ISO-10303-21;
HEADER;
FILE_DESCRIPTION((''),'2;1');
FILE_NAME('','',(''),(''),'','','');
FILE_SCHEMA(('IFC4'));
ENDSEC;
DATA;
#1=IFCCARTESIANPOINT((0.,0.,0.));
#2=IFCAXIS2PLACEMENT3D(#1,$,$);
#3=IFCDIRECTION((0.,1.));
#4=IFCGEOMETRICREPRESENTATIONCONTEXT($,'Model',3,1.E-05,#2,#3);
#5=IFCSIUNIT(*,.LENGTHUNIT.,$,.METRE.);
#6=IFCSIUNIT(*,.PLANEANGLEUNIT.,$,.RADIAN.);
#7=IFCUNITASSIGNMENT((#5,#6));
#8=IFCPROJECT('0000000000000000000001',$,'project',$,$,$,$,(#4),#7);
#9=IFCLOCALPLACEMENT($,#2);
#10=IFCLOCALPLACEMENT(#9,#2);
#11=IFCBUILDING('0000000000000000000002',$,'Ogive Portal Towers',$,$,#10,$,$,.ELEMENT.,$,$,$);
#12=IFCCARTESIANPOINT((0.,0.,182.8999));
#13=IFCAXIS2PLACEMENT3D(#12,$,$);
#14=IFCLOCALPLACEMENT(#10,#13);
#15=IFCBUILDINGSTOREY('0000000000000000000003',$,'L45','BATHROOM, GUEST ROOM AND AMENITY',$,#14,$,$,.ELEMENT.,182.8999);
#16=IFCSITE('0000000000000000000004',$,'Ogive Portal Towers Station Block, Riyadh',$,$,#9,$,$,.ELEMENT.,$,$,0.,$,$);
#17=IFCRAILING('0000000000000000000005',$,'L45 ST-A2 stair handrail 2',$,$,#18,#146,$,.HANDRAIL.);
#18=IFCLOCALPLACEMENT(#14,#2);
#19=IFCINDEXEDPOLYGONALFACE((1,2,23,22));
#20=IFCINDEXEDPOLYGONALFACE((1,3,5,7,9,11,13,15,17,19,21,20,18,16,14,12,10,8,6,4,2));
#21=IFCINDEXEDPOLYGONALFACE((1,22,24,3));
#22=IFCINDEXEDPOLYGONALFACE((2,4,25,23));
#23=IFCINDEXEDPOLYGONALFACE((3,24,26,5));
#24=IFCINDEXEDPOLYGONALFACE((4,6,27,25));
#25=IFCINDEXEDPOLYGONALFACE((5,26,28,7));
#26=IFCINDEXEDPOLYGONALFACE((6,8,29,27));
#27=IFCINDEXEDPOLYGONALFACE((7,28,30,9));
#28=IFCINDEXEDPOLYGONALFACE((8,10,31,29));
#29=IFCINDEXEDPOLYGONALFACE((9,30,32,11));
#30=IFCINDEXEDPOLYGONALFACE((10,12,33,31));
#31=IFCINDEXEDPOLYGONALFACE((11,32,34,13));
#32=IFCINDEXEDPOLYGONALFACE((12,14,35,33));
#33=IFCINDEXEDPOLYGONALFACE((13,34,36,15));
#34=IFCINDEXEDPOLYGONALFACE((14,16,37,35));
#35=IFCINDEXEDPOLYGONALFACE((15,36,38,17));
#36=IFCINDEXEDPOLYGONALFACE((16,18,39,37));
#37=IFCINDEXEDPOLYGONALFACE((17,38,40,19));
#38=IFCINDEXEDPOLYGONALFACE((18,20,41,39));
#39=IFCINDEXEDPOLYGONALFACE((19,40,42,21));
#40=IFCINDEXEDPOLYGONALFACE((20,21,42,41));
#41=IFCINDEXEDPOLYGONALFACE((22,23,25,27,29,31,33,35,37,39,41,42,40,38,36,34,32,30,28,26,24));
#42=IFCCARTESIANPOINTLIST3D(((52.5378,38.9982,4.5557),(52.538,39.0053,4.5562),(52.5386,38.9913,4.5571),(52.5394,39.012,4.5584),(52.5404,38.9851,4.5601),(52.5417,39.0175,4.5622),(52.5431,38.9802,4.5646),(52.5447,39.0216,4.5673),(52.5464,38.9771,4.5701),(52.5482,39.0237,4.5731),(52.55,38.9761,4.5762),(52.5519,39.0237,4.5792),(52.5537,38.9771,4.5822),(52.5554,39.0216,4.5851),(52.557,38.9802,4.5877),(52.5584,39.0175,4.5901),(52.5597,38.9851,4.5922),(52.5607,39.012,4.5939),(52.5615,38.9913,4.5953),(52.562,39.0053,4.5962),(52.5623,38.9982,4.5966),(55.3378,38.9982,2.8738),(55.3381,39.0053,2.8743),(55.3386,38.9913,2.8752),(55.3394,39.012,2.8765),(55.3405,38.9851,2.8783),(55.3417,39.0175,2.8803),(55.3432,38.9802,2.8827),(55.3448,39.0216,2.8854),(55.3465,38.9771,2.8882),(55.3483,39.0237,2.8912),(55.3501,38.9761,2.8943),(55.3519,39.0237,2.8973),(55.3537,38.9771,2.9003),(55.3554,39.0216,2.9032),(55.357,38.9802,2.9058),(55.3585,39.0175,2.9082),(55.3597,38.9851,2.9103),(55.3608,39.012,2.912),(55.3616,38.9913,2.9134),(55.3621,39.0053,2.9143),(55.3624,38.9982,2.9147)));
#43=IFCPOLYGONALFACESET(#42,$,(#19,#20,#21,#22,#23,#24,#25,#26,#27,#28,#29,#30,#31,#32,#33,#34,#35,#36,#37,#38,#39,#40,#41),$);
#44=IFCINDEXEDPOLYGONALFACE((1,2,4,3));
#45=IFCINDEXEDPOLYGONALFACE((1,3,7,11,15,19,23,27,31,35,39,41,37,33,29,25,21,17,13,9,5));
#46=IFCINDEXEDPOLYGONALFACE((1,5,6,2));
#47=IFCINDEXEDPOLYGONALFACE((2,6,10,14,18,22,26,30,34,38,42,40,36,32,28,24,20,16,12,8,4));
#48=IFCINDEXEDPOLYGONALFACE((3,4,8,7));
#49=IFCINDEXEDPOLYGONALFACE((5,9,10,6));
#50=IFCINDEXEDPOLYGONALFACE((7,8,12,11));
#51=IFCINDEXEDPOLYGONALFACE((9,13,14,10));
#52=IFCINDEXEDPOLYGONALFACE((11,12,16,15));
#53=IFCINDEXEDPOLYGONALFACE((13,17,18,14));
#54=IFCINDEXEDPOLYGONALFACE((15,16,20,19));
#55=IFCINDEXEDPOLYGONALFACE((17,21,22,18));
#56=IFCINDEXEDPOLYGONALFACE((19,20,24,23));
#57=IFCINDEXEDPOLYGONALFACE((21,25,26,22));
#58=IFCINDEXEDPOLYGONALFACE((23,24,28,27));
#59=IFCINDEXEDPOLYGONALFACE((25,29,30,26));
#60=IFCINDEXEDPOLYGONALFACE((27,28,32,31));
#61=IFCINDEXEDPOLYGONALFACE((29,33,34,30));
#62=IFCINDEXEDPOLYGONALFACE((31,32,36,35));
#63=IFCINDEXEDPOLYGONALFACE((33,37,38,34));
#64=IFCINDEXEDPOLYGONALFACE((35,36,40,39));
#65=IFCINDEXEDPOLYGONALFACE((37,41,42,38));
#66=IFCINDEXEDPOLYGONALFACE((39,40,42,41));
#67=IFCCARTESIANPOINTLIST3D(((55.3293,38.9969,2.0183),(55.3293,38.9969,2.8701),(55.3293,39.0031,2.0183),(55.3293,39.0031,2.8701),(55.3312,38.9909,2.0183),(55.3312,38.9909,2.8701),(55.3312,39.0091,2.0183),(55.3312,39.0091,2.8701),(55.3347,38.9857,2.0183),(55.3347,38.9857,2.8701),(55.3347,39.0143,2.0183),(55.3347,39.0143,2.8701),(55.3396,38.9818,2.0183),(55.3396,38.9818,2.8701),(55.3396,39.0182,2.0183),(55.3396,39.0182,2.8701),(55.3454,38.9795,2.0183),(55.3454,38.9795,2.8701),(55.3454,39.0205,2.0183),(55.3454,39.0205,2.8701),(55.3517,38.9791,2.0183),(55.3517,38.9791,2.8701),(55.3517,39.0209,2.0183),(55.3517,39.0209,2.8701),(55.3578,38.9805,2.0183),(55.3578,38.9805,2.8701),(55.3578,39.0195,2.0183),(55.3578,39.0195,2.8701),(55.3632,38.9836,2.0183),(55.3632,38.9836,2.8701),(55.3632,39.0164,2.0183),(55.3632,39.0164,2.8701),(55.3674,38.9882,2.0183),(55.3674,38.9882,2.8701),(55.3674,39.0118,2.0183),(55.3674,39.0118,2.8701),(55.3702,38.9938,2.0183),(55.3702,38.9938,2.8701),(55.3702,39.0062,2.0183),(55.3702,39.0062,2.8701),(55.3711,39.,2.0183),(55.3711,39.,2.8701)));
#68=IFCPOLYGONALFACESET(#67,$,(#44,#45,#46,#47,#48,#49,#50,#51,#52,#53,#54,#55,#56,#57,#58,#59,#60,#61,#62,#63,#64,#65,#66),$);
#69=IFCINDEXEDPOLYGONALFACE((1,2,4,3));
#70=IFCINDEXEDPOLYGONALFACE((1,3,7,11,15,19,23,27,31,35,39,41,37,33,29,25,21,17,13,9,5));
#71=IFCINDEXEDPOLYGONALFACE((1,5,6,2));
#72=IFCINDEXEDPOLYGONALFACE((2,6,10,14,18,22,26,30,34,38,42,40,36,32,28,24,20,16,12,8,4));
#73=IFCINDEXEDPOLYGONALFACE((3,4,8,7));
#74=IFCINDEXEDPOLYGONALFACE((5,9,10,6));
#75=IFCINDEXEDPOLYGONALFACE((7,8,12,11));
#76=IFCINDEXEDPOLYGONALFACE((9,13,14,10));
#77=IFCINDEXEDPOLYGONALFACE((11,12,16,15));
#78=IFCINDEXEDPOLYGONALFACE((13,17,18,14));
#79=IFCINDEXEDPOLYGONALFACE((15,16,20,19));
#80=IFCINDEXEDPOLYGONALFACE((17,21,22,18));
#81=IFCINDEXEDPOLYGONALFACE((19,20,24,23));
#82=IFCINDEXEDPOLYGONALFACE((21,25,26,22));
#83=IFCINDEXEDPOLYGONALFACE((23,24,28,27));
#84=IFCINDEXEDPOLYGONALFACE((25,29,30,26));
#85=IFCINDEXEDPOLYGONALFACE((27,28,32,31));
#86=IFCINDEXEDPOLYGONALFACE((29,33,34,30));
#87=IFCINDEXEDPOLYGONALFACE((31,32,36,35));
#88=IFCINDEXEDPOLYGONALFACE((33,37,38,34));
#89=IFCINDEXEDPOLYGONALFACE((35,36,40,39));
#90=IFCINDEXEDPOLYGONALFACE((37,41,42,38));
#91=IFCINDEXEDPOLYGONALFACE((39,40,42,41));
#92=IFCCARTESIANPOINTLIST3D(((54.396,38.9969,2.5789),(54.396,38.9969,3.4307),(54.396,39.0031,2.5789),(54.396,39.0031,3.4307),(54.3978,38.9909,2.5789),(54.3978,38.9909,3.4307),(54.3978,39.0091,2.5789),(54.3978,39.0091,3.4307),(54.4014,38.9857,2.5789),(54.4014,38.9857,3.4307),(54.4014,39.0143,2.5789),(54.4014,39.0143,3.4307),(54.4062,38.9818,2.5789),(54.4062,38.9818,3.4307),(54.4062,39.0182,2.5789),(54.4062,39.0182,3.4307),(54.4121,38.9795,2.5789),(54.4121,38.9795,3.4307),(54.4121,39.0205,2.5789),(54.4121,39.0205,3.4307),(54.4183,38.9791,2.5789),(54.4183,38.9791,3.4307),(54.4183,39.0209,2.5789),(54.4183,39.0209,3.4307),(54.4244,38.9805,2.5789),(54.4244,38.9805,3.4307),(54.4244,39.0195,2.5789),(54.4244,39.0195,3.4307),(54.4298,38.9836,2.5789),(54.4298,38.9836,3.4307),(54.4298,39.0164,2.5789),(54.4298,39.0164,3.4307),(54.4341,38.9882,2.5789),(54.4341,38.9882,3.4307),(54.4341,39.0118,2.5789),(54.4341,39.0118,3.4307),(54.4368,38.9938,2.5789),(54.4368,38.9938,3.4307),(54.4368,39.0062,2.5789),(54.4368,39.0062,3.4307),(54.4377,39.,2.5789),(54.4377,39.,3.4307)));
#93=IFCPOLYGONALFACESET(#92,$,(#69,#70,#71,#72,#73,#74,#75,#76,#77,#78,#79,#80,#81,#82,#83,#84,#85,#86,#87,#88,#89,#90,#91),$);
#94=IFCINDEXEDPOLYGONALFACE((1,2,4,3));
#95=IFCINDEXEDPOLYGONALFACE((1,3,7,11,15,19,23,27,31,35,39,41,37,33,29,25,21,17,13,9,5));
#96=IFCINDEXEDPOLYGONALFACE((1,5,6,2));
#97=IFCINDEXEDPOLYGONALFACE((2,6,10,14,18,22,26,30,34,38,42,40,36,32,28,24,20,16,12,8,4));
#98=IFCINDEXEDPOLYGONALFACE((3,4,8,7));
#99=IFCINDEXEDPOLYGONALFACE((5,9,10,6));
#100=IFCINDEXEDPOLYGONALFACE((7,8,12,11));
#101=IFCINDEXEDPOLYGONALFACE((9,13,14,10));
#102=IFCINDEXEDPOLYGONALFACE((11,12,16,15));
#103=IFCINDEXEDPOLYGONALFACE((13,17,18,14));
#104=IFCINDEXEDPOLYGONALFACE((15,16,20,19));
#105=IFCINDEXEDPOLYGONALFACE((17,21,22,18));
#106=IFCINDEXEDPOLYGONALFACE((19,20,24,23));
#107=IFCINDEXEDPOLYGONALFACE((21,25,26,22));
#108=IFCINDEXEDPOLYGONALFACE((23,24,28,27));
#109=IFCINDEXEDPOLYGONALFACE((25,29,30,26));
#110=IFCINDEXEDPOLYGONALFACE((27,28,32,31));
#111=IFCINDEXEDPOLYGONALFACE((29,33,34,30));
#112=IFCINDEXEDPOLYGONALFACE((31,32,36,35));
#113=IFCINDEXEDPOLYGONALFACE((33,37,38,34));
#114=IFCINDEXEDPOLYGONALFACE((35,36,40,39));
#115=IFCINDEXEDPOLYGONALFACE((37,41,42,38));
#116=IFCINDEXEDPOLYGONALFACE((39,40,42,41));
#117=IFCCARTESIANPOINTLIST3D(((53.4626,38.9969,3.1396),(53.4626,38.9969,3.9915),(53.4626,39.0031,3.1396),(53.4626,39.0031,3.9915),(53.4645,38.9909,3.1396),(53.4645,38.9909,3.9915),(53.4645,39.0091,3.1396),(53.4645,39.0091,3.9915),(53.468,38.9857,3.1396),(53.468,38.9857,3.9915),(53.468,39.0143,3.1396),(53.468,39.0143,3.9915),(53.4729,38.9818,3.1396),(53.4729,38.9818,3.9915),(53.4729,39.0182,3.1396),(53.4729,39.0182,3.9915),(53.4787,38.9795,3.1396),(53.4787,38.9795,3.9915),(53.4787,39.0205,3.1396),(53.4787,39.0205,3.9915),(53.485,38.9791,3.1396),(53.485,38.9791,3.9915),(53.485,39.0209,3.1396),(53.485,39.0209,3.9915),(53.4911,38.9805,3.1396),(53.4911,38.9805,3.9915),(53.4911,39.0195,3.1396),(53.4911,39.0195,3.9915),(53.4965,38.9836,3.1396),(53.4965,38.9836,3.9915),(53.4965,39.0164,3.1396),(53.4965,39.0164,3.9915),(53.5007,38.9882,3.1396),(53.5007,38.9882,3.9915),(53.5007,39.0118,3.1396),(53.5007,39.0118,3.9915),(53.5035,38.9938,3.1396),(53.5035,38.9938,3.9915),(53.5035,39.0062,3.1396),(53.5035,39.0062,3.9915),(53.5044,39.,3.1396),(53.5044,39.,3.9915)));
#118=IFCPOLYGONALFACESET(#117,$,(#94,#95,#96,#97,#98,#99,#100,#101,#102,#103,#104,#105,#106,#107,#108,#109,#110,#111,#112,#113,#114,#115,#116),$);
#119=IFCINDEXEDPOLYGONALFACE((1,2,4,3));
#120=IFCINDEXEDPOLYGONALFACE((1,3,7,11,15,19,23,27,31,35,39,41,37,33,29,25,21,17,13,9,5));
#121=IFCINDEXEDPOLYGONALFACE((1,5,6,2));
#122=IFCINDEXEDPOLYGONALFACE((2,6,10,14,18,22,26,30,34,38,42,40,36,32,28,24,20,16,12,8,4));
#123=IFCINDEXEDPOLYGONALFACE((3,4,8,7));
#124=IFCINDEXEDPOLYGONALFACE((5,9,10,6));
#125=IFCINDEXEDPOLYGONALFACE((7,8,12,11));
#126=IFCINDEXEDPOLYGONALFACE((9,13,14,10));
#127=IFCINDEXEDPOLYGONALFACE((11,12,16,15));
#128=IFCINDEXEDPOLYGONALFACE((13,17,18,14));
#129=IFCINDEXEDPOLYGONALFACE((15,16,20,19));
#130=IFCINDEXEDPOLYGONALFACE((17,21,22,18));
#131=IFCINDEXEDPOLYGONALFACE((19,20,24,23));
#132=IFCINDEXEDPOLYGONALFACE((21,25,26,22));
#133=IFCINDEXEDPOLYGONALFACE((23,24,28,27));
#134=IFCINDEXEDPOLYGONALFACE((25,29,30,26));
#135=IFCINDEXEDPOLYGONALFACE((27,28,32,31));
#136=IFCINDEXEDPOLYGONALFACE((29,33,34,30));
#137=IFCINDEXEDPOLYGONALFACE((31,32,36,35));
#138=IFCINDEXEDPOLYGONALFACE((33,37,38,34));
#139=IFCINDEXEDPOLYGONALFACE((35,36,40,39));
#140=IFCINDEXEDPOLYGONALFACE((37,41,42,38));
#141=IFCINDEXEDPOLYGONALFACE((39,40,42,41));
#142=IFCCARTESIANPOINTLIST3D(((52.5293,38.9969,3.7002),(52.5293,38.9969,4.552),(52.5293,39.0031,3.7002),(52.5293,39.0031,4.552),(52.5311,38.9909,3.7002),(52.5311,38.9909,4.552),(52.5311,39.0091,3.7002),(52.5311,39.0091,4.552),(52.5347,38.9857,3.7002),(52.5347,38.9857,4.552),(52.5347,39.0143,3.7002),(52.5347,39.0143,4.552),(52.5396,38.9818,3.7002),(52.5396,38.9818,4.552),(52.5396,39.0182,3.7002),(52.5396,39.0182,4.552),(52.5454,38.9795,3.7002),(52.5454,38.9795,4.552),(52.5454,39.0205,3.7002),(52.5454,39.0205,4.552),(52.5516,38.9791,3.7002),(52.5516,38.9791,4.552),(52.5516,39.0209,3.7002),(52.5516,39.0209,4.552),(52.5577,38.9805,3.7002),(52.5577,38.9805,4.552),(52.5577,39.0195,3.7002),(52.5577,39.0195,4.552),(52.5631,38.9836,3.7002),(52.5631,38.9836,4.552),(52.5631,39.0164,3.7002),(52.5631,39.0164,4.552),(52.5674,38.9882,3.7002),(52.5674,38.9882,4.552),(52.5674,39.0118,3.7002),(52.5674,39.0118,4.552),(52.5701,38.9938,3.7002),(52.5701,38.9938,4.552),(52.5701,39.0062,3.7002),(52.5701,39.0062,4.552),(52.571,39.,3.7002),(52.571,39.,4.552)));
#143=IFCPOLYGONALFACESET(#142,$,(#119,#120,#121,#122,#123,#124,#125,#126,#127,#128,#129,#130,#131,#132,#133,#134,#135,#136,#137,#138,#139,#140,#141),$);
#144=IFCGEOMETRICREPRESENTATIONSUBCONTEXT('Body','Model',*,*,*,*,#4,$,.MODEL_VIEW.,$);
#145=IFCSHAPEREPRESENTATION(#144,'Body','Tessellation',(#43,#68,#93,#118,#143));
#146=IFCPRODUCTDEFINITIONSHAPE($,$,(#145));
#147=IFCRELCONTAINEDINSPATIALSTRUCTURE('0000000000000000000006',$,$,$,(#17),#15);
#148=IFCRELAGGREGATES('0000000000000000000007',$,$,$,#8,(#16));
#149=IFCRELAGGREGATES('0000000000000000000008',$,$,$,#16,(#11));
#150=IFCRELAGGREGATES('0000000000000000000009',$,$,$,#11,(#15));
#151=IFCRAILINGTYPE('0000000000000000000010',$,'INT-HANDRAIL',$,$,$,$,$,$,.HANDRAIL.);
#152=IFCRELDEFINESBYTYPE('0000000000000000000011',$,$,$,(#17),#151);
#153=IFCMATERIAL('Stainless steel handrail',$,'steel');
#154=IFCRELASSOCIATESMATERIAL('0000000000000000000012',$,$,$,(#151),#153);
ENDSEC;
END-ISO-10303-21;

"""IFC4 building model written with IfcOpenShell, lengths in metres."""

from ifc_helpers import new_model, si_unit, direction, frame, origin, origin_2d, place, context, subcontext, project, spatial, circle, extrude, material, type_object, element, save


model = new_model("IFC4")

# Units and contexts
model_context = context("Model", 3, precision=1e-05, world=origin(), true_north=direction((0.0, 1.0)))
body_context = subcontext(model_context, "Body", "Model", "MODEL_VIEW")
ifc_project = project(units=[si_unit("LENGTHUNIT", "METRE"), si_unit("PLANEANGLEUNIT", "RADIAN")], contexts=[model_context])

# Site, building, storey
site_placement = place(None, origin())
site = spatial("IfcSite", under=ifc_project, at=site_placement, Name="Ogive Portal Towers Station Block, Riyadh", CompositionType="ELEMENT", RefElevation=0.0)
building_placement = place(site_placement, origin())
building = spatial("IfcBuilding", under=site, at=building_placement, Name="Ogive Portal Towers", CompositionType="ELEMENT")
storey_placement = place(building_placement, frame((0.0, 0.0, 182.8999)))
storey = spatial("IfcBuildingStorey", under=building, at=storey_placement, Name="L45", Description="BATHROOM, GUEST ROOM AND AMENITY", CompositionType="ELEMENT", Elevation=182.8999)

# Railing
ifc_material_1 = material(Name="Stainless steel handrail", Category="steel")
railing_type_1 = type_object("IfcRailingType", Name="INT-HANDRAIL", PredefinedType="HANDRAIL", material=ifc_material_1)
railing_1_placement = place(storey_placement, frame((55.3501, 39.0, 2.0183)))
element("IfcRailing", 1, at=railing_1_placement, inside=storey, type_object=railing_type_1, Name="L45 ST-A2 stair handrail 2", PredefinedType="HANDRAIL", context=body_context, shape_type="SweptSolid", body=[
    extrude(circle(Radius=0.0239, at=origin_2d()), frame((0.0, 0.0, 0.876), z_axis=(-0.857242, 0.0, 0.514913), x_axis=(0.0, -1.0, 0.0)), (0.0, 0.0, 1.0), 3.2664),
    extrude(circle(Radius=0.021, at=origin_2d()), origin(), (0.0, 0.0, 1.0), 0.8518),
    extrude(circle(Radius=0.021, at=origin_2d()), frame((-0.9333, 0.0, 0.5605)), (0.0, 0.0, 1.0), 0.8518),
    extrude(circle(Radius=0.021, at=origin_2d()), frame((-1.8667, 0.0, 1.1213)), (0.0, 0.0, 1.0), 0.8518),
    extrude(circle(Radius=0.021, at=origin_2d()), frame((-2.8, 0.0, 1.6819)), (0.0, 0.0, 1.0), 0.8518),
])

save(model, "model.ifc")
